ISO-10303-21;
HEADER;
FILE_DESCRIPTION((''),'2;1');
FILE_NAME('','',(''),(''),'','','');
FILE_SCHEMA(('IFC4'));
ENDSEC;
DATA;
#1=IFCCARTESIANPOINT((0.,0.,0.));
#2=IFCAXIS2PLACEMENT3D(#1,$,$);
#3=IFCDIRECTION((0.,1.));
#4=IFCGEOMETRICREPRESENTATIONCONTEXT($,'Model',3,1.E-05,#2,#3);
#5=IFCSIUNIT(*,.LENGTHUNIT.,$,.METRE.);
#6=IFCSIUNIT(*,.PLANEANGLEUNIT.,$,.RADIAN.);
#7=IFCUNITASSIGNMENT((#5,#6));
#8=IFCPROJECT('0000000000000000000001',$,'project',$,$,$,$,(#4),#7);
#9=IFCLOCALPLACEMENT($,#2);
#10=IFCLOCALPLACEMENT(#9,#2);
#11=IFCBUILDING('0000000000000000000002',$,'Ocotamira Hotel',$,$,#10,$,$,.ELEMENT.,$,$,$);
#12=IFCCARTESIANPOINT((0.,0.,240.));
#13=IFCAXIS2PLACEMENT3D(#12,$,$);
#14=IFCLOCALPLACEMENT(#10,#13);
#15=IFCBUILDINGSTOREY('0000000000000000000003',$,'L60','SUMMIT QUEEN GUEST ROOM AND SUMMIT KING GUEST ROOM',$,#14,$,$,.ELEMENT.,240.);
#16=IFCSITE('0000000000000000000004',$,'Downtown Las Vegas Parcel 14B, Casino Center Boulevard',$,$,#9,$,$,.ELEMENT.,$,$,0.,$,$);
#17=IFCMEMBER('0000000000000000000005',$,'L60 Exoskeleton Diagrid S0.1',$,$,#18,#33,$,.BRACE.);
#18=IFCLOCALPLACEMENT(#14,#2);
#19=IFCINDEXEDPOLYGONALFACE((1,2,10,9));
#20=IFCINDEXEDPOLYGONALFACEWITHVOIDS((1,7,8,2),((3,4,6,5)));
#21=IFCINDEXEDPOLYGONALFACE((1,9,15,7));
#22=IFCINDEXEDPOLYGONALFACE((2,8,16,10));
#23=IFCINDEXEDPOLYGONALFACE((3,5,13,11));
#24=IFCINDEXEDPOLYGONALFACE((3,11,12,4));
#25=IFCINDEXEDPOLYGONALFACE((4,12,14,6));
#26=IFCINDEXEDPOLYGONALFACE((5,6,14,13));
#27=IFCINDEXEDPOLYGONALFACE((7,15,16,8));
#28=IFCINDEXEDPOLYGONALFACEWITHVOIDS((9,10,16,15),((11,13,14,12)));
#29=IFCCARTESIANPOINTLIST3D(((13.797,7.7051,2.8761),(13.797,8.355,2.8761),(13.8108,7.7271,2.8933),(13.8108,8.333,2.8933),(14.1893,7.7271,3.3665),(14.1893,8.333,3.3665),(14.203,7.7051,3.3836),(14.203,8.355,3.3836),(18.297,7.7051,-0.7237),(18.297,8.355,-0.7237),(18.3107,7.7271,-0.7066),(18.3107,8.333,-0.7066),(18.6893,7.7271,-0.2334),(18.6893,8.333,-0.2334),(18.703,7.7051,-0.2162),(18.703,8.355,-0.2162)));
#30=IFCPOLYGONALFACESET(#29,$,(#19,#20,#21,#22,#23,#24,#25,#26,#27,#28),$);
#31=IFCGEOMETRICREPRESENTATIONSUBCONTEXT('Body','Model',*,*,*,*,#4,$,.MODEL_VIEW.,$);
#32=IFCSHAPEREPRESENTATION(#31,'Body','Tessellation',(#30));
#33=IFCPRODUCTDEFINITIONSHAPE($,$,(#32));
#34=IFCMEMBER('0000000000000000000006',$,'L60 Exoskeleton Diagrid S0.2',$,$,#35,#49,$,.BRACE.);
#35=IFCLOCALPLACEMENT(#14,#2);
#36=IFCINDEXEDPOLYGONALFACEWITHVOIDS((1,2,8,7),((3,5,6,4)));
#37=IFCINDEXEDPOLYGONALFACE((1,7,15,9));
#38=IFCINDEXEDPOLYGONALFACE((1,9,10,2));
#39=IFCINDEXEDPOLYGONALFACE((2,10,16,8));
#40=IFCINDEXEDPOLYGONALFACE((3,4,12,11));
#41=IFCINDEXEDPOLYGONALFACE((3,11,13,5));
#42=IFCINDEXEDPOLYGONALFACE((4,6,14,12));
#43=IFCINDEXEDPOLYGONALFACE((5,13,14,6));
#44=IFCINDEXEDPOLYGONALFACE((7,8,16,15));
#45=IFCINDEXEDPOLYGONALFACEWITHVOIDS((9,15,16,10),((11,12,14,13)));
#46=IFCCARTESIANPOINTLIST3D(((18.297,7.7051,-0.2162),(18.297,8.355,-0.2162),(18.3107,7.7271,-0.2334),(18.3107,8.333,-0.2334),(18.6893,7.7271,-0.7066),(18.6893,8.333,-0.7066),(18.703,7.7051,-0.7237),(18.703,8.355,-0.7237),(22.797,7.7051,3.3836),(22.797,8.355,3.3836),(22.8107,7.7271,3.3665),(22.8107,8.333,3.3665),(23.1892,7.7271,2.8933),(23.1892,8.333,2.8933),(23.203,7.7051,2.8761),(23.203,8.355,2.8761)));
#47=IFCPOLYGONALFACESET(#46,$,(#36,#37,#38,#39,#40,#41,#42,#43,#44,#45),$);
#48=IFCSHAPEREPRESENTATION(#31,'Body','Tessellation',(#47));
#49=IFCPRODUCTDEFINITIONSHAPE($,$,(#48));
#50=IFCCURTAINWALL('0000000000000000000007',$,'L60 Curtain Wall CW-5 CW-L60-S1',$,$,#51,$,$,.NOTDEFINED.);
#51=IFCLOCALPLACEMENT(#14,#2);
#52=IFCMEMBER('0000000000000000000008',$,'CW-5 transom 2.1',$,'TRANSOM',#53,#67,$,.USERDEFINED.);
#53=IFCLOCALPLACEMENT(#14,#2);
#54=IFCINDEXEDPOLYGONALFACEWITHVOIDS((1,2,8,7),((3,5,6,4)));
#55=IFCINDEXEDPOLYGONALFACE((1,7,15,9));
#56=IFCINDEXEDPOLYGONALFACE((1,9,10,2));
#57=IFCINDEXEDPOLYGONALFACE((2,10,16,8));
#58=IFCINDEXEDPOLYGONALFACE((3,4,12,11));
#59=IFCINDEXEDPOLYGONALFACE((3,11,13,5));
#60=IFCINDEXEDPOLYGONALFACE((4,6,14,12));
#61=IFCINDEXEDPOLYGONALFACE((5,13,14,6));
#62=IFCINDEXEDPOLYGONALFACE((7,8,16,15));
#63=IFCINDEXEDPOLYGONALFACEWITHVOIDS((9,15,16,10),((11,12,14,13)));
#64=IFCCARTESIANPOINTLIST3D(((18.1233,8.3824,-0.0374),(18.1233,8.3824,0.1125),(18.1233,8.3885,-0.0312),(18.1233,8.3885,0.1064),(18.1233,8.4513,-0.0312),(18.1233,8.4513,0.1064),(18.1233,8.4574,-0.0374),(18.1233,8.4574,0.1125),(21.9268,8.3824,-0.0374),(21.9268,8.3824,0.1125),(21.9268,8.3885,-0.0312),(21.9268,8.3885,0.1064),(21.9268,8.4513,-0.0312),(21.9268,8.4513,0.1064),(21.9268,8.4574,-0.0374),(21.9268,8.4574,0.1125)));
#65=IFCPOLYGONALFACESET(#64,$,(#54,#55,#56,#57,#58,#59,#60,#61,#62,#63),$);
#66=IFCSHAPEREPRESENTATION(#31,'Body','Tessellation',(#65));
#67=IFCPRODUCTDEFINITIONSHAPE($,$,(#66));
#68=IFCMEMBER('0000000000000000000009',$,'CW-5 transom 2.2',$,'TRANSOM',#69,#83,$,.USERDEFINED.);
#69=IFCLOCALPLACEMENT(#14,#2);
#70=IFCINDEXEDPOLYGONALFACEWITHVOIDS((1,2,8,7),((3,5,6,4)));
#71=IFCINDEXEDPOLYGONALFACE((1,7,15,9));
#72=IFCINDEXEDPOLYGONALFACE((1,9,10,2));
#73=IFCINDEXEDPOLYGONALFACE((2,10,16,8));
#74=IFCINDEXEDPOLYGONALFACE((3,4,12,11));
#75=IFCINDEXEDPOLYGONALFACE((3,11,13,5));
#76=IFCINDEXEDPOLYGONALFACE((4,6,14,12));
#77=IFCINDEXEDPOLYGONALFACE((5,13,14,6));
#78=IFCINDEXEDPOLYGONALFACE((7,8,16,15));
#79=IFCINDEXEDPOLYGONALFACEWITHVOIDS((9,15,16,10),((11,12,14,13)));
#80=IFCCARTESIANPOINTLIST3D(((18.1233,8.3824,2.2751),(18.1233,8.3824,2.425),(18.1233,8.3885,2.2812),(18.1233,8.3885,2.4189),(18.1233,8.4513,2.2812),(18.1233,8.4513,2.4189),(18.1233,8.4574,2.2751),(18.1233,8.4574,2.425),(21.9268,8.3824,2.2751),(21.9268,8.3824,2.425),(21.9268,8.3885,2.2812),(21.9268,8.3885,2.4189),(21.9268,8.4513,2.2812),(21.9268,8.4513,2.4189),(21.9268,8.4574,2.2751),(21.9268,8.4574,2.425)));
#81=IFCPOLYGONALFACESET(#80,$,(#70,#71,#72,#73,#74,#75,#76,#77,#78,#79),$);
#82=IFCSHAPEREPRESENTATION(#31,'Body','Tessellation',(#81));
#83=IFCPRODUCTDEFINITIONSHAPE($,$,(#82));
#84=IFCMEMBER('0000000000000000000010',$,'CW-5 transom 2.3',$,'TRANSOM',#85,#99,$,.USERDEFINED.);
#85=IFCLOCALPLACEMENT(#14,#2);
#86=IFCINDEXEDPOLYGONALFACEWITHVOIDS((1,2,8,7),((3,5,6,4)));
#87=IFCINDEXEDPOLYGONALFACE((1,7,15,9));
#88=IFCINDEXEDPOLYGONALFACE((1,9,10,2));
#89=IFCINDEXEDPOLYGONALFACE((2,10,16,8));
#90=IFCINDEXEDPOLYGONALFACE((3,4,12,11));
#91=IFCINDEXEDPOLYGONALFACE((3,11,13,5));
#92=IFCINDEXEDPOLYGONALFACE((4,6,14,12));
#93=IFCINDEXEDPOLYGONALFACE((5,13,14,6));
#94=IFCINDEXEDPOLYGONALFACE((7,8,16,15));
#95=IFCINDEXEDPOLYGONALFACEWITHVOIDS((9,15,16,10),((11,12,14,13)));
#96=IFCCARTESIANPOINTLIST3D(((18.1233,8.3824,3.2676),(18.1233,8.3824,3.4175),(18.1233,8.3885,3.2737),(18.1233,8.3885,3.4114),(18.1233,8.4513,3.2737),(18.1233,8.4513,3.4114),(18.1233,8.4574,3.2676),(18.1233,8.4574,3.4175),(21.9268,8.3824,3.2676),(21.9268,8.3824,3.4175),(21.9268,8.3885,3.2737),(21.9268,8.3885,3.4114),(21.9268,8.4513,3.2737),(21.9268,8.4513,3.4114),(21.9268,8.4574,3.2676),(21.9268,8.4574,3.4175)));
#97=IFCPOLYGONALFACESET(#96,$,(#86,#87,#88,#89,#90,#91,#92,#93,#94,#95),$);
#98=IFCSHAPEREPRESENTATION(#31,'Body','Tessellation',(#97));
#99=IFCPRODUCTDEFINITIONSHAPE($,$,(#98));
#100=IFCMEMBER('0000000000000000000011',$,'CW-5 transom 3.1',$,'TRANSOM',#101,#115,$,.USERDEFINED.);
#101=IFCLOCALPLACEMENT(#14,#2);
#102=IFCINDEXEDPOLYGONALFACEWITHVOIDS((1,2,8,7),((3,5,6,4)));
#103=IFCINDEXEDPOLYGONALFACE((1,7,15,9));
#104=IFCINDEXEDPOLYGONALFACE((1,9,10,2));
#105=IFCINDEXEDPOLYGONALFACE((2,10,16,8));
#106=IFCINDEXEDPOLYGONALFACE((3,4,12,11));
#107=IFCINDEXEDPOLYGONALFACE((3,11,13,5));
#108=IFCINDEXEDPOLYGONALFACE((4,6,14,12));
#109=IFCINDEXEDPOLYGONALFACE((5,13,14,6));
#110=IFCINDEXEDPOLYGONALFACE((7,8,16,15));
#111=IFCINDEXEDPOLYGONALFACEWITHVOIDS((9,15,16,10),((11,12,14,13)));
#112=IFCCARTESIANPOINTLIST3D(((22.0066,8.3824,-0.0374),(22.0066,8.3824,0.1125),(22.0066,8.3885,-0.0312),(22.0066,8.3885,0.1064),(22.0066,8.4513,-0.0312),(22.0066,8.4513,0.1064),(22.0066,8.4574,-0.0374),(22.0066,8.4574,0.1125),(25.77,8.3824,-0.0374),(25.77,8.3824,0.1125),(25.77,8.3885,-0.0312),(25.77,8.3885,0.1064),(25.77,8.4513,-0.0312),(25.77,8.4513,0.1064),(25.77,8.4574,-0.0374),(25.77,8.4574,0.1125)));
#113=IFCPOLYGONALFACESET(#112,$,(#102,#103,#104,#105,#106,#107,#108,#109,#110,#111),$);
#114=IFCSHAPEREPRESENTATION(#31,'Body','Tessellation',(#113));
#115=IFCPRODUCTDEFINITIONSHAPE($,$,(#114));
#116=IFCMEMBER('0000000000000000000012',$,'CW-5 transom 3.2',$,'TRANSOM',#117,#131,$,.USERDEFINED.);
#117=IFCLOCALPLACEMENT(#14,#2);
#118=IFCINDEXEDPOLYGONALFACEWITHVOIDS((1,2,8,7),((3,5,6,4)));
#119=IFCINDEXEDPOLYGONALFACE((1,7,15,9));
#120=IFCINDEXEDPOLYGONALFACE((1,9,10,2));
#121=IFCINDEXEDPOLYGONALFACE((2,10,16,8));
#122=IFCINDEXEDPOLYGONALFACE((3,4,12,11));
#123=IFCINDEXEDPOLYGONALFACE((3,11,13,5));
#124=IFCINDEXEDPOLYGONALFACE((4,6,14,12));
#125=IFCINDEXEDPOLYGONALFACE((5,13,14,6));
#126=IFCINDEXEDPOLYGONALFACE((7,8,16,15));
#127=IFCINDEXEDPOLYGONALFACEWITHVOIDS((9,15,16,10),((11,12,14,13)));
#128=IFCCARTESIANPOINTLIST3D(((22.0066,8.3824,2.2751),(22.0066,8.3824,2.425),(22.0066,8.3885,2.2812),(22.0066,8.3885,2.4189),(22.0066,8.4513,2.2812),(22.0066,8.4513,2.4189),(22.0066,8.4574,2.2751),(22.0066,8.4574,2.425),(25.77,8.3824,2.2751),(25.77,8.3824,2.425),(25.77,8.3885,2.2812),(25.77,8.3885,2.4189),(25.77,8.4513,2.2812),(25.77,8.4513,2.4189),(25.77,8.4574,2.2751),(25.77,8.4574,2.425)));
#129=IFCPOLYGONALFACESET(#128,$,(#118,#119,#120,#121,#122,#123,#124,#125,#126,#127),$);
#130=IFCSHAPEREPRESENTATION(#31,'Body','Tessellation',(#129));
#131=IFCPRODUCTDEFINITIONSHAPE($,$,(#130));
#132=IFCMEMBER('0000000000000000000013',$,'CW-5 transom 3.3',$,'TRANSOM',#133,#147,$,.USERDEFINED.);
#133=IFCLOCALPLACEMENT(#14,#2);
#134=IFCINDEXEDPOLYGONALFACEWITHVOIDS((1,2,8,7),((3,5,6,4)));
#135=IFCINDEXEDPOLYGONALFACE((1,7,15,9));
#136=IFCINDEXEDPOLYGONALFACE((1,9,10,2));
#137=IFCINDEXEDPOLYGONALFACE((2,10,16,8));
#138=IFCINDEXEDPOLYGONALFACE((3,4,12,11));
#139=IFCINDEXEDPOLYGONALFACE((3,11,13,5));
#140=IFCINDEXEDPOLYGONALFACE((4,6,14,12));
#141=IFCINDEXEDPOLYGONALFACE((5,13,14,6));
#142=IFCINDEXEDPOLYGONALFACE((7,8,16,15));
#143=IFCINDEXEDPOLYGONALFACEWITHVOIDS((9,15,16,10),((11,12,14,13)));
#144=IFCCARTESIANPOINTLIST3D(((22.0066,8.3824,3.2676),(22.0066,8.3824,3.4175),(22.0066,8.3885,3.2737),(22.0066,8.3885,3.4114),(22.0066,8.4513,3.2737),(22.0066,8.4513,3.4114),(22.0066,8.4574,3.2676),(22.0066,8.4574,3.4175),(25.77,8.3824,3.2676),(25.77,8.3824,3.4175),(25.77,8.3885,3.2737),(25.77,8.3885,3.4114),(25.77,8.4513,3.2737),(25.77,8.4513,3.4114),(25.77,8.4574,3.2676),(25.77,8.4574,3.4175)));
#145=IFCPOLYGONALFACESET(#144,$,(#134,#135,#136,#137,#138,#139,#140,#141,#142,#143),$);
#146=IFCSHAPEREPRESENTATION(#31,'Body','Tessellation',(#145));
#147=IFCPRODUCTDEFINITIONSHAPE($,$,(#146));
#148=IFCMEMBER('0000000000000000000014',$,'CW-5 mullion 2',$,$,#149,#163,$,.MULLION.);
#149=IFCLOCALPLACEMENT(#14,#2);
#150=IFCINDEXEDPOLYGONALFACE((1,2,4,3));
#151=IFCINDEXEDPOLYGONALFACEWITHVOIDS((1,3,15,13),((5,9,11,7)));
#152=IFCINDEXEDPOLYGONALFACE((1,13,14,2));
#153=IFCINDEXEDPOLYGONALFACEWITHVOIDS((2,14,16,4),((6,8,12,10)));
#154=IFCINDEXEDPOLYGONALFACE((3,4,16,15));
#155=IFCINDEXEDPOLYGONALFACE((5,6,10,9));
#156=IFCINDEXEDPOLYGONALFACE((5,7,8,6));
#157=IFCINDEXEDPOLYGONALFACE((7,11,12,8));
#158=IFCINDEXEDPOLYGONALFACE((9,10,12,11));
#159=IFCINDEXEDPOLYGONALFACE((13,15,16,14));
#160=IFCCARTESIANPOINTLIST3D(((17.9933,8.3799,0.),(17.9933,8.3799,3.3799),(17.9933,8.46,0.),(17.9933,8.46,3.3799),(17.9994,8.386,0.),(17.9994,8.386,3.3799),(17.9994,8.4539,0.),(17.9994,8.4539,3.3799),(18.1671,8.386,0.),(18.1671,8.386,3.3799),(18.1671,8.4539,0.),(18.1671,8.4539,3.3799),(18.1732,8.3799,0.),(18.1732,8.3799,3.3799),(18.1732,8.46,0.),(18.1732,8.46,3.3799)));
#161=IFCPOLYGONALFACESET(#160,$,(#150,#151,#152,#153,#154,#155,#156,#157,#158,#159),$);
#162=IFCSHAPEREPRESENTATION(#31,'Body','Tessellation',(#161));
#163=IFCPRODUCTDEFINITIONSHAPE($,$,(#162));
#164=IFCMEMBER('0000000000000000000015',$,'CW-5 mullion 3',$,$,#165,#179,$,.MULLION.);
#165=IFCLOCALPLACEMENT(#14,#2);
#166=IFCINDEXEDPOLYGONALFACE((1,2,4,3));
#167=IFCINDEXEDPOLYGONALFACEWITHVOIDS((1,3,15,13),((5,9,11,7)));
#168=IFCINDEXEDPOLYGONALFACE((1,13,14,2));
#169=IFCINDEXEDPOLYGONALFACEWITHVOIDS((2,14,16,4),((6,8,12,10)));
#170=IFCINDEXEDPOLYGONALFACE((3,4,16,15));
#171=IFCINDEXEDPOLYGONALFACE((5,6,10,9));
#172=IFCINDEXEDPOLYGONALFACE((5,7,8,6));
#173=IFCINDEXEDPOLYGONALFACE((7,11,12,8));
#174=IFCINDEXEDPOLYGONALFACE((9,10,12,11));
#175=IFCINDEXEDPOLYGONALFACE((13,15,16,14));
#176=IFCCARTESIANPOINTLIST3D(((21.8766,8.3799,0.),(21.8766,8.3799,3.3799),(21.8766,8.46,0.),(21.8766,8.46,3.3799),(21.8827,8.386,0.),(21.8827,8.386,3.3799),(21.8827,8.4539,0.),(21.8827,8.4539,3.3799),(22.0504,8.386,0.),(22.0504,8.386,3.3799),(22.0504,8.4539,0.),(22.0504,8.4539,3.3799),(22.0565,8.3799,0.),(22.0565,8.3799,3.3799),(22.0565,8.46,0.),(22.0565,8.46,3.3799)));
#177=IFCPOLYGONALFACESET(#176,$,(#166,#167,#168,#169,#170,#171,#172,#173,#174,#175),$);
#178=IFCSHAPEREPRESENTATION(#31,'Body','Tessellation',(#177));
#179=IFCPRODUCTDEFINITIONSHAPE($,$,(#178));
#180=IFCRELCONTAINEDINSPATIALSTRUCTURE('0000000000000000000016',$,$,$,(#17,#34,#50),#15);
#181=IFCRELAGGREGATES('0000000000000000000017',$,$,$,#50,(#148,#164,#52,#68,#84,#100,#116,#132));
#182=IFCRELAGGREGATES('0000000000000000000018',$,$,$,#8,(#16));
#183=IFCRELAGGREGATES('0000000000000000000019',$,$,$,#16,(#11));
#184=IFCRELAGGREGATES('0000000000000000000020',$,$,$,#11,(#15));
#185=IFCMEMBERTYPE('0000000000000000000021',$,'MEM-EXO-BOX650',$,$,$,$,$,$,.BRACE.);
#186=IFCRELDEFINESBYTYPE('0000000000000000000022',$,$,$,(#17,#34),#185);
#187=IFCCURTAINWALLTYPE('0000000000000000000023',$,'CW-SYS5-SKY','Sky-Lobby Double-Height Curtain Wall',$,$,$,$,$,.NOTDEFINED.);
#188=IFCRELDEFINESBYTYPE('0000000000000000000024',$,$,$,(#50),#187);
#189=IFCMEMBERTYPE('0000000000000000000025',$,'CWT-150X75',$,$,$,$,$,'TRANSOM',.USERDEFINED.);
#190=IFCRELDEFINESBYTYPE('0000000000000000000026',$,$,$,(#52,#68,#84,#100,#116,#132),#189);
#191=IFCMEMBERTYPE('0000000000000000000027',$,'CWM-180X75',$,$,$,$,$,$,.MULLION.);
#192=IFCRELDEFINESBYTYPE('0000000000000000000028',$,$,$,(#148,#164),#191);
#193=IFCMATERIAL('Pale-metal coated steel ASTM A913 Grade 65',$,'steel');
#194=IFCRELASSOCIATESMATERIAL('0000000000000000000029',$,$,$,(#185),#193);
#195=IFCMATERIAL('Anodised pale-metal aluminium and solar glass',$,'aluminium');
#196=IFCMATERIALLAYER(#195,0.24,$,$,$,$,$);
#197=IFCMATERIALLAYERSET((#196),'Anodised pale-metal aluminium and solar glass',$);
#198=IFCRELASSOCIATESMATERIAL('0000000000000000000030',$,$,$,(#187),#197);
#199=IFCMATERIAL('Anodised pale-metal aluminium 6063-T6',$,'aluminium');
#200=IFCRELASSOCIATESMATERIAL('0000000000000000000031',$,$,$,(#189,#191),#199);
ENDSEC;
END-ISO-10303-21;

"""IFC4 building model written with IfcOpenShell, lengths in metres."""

from ifc_helpers import new_model, si_unit, direction, frame, origin, origin_2d, place, context, subcontext, project, spatial, hollow_rectangle, extrude, source, transform, mapped, material, layer, layer_set, material_profile, profile_set, type_object, element, aggregate, save


model = new_model("IFC4")

# Units and contexts
model_context = context("Model", 3, precision=1e-05, world=origin(), true_north=direction((0.0, 1.0)))
body_context = subcontext(model_context, "Body", "Model", "MODEL_VIEW")
ifc_project = project(units=[si_unit("LENGTHUNIT", "METRE"), si_unit("PLANEANGLEUNIT", "RADIAN")], contexts=[model_context])

# Site, building, storey
site_placement = place(None, origin())
site = spatial("IfcSite", under=ifc_project, at=site_placement, Name="Downtown Las Vegas Parcel 14B, Casino Center Boulevard", CompositionType="ELEMENT", RefElevation=0.0)
building_placement = place(site_placement, origin())
building = spatial("IfcBuilding", under=site, at=building_placement, Name="Ocotamira Hotel", CompositionType="ELEMENT")
storey_placement = place(building_placement, frame((0.0, 0.0, 240.0)))
storey = spatial("IfcBuildingStorey", under=building, at=storey_placement, Name="L60", Description="SUMMIT QUEEN GUEST ROOM AND SUMMIT KING GUEST ROOM", CompositionType="ELEMENT", Elevation=240.0)

# Members
ifc_material_1 = material(Name="Pale-metal coated steel ASTM A913 Grade 65", Category="steel")
ifc_material_profile_1 = material_profile(ifc_material_1, hollow_rectangle(XDim=0.6499, YDim=0.6499, WallThickness=0.022, at=origin_2d()), Name="BOX650X650X22")
ifc_profile_set_1 = profile_set([ifc_material_profile_1], Name="Pale-metal coated steel ASTM A913 Grade 65")
member_type_1 = type_object("IfcMemberType", Name="MEM-EXO-BOX650", PredefinedType="BRACE", material=ifc_profile_set_1)
shared_shape_1 = source(origin(), body_context, "Body", "SweptSolid", [
    extrude(hollow_rectangle(XDim=0.6499, YDim=0.6499, WallThickness=0.022, at=origin_2d()), origin(), (0.0, 0.0, 1.0), 5.7627),
])
for number, where, z_axis, x_axis, name in (
    (1, (18.5, 8.03, -0.47), (-0.780881, 0.0, 0.62468), (0.0, -1.0, 0.0), "L60 Exoskeleton Diagrid S0.1"),
    (2, (18.5, 8.03, -0.47), (0.780881, 0.0, 0.62468), (0.0, 1.0, 0.0), "L60 Exoskeleton Diagrid S0.2"),
):
    element("IfcMember", number, at=place(storey_placement, frame(where, z_axis=z_axis, x_axis=x_axis)), inside=storey, type_object=member_type_1, Name=name, PredefinedType="BRACE", context=body_context, shape_type="MappedRepresentation", body=[
        mapped(shared_shape_1, transform((0.0, 0.0, 0.0), scale=1.0)),
    ])

# Curtain wall, members
ifc_material_2 = material(Name="Anodised pale-metal aluminium and solar glass", Category="aluminium")
ifc_layer_1 = layer(ifc_material_2, 0.24)
ifc_layer_set_1 = layer_set([ifc_layer_1], Name="Anodised pale-metal aluminium and solar glass")
curtain_wall_type = type_object("IfcCurtainWallType", Name="CW-SYS5-SKY", Description="Sky-Lobby Double-Height Curtain Wall", PredefinedType="NOTDEFINED", material=ifc_layer_set_1)
curtain_wall_placement = place(storey_placement, origin())
curtain_wall = element("IfcCurtainWall", 3, at=curtain_wall_placement, inside=storey, type_object=curtain_wall_type, Name="L60 Curtain Wall CW-5 CW-L60-S1", PredefinedType="NOTDEFINED")
ifc_material_3 = material(Name="Anodised pale-metal aluminium 6063-T6", Category="aluminium")
ifc_material_profile_2 = material_profile(ifc_material_3, hollow_rectangle(XDim=0.075, YDim=0.1499, WallThickness=0.0061, at=origin_2d()), Name="HSS150X75X6")
ifc_profile_set_2 = profile_set([ifc_material_profile_2], Name="Anodised pale-metal aluminium 6063-T6")
member_type_2 = type_object("IfcMemberType", Name="CWT-150X75", ElementType="TRANSOM", PredefinedType="USERDEFINED", material=ifc_profile_set_2)
shared_shape_2 = source(origin(), body_context, "Body", "SweptSolid", [
    extrude(hollow_rectangle(XDim=0.075, YDim=0.1499, WallThickness=0.0061, at=origin_2d()), origin(), (0.0, 0.0, 1.0), 3.8035),
])
member_1_placement = place(storey_placement, frame((18.1233, 8.4199, 0.0376), z_axis=(1.0, 0.0, 0.0), x_axis=(0.0, 1.0, 0.0)))
member_1 = element("IfcMember", 4, at=member_1_placement, type_object=member_type_2, Name="CW-5 transom 2.1", ObjectType="TRANSOM", PredefinedType="USERDEFINED", context=body_context, shape_type="MappedRepresentation", body=[
    mapped(shared_shape_2, transform((0.0, 0.0, 0.0), scale=1.0)),
])
member_2_placement = place(storey_placement, frame((18.1233, 8.4199, 2.3501), z_axis=(1.0, 0.0, 0.0), x_axis=(0.0, 1.0, 0.0)))
member_2 = element("IfcMember", 5, at=member_2_placement, type_object=member_type_2, Name="CW-5 transom 2.2", ObjectType="TRANSOM", PredefinedType="USERDEFINED", context=body_context, shape_type="MappedRepresentation", body=[
    mapped(shared_shape_2, transform((0.0, 0.0, 0.0), scale=1.0)),
])
member_3_placement = place(storey_placement, frame((18.1233, 8.4199, 3.3425), z_axis=(1.0, 0.0, 0.0), x_axis=(0.0, 1.0, 0.0)))
member_3 = element("IfcMember", 6, at=member_3_placement, type_object=member_type_2, Name="CW-5 transom 2.3", ObjectType="TRANSOM", PredefinedType="USERDEFINED", context=body_context, shape_type="MappedRepresentation", body=[
    mapped(shared_shape_2, transform((0.0, 0.0, 0.0), scale=1.0)),
])
shared_shape_3 = source(origin(), body_context, "Body", "SweptSolid", [
    extrude(hollow_rectangle(XDim=0.075, YDim=0.1499, WallThickness=0.0061, at=origin_2d()), origin(), (0.0, 0.0, 1.0), 3.7634),
])
member_4_placement = place(storey_placement, frame((22.0066, 8.4199, 0.0376), z_axis=(1.0, 0.0, 0.0), x_axis=(0.0, 1.0, 0.0)))
member_4 = element("IfcMember", 7, at=member_4_placement, type_object=member_type_2, Name="CW-5 transom 3.1", ObjectType="TRANSOM", PredefinedType="USERDEFINED", context=body_context, shape_type="MappedRepresentation", body=[
    mapped(shared_shape_3, transform((0.0, 0.0, 0.0), scale=1.0)),
])
member_5_placement = place(storey_placement, frame((22.0066, 8.4199, 2.3501), z_axis=(1.0, 0.0, 0.0), x_axis=(0.0, 1.0, 0.0)))
member_5 = element("IfcMember", 8, at=member_5_placement, type_object=member_type_2, Name="CW-5 transom 3.2", ObjectType="TRANSOM", PredefinedType="USERDEFINED", context=body_context, shape_type="MappedRepresentation", body=[
    mapped(shared_shape_3, transform((0.0, 0.0, 0.0), scale=1.0)),
])
member_6_placement = place(storey_placement, frame((22.0066, 8.4199, 3.3425), z_axis=(1.0, 0.0, 0.0), x_axis=(0.0, 1.0, 0.0)))
member_6 = element("IfcMember", 9, at=member_6_placement, type_object=member_type_2, Name="CW-5 transom 3.3", ObjectType="TRANSOM", PredefinedType="USERDEFINED", context=body_context, shape_type="MappedRepresentation", body=[
    mapped(shared_shape_3, transform((0.0, 0.0, 0.0), scale=1.0)),
])
ifc_material_profile_3 = material_profile(ifc_material_3, hollow_rectangle(XDim=0.0801, YDim=0.1799, WallThickness=0.0061, at=origin_2d()), Name="HSS180X80X6")
ifc_profile_set_3 = profile_set([ifc_material_profile_3], Name="Anodised pale-metal aluminium 6063-T6")
member_type_3 = type_object("IfcMemberType", Name="CWM-180X75", PredefinedType="MULLION", material=ifc_profile_set_3)
shared_shape_4 = source(origin(), body_context, "Body", "SweptSolid", [
    extrude(hollow_rectangle(XDim=0.0801, YDim=0.1799, WallThickness=0.0061, at=origin_2d()), origin(), (0.0, 0.0, 1.0), 3.3799),
])
member_7_placement = place(storey_placement, frame((18.0833, 8.4199, 0.0), z_axis=(0.0, 0.0, 1.0), x_axis=(0.0, 1.0, 0.0)))
member_7 = element("IfcMember", 10, at=member_7_placement, type_object=member_type_3, Name="CW-5 mullion 2", PredefinedType="MULLION", context=body_context, shape_type="MappedRepresentation", body=[
    mapped(shared_shape_4, transform((0.0, 0.0, 0.0), scale=1.0)),
])
member_8_placement = place(storey_placement, frame((21.9666, 8.4199, 0.0), z_axis=(0.0, 0.0, 1.0), x_axis=(0.0, 1.0, 0.0)))
member_8 = element("IfcMember", 11, at=member_8_placement, type_object=member_type_3, Name="CW-5 mullion 3", PredefinedType="MULLION", context=body_context, shape_type="MappedRepresentation", body=[
    mapped(shared_shape_4, transform((0.0, 0.0, 0.0), scale=1.0)),
])

aggregate(curtain_wall, [member_7, member_8, member_1, member_2, member_3, member_4, member_5, member_6])

save(model, "model.ifc")
